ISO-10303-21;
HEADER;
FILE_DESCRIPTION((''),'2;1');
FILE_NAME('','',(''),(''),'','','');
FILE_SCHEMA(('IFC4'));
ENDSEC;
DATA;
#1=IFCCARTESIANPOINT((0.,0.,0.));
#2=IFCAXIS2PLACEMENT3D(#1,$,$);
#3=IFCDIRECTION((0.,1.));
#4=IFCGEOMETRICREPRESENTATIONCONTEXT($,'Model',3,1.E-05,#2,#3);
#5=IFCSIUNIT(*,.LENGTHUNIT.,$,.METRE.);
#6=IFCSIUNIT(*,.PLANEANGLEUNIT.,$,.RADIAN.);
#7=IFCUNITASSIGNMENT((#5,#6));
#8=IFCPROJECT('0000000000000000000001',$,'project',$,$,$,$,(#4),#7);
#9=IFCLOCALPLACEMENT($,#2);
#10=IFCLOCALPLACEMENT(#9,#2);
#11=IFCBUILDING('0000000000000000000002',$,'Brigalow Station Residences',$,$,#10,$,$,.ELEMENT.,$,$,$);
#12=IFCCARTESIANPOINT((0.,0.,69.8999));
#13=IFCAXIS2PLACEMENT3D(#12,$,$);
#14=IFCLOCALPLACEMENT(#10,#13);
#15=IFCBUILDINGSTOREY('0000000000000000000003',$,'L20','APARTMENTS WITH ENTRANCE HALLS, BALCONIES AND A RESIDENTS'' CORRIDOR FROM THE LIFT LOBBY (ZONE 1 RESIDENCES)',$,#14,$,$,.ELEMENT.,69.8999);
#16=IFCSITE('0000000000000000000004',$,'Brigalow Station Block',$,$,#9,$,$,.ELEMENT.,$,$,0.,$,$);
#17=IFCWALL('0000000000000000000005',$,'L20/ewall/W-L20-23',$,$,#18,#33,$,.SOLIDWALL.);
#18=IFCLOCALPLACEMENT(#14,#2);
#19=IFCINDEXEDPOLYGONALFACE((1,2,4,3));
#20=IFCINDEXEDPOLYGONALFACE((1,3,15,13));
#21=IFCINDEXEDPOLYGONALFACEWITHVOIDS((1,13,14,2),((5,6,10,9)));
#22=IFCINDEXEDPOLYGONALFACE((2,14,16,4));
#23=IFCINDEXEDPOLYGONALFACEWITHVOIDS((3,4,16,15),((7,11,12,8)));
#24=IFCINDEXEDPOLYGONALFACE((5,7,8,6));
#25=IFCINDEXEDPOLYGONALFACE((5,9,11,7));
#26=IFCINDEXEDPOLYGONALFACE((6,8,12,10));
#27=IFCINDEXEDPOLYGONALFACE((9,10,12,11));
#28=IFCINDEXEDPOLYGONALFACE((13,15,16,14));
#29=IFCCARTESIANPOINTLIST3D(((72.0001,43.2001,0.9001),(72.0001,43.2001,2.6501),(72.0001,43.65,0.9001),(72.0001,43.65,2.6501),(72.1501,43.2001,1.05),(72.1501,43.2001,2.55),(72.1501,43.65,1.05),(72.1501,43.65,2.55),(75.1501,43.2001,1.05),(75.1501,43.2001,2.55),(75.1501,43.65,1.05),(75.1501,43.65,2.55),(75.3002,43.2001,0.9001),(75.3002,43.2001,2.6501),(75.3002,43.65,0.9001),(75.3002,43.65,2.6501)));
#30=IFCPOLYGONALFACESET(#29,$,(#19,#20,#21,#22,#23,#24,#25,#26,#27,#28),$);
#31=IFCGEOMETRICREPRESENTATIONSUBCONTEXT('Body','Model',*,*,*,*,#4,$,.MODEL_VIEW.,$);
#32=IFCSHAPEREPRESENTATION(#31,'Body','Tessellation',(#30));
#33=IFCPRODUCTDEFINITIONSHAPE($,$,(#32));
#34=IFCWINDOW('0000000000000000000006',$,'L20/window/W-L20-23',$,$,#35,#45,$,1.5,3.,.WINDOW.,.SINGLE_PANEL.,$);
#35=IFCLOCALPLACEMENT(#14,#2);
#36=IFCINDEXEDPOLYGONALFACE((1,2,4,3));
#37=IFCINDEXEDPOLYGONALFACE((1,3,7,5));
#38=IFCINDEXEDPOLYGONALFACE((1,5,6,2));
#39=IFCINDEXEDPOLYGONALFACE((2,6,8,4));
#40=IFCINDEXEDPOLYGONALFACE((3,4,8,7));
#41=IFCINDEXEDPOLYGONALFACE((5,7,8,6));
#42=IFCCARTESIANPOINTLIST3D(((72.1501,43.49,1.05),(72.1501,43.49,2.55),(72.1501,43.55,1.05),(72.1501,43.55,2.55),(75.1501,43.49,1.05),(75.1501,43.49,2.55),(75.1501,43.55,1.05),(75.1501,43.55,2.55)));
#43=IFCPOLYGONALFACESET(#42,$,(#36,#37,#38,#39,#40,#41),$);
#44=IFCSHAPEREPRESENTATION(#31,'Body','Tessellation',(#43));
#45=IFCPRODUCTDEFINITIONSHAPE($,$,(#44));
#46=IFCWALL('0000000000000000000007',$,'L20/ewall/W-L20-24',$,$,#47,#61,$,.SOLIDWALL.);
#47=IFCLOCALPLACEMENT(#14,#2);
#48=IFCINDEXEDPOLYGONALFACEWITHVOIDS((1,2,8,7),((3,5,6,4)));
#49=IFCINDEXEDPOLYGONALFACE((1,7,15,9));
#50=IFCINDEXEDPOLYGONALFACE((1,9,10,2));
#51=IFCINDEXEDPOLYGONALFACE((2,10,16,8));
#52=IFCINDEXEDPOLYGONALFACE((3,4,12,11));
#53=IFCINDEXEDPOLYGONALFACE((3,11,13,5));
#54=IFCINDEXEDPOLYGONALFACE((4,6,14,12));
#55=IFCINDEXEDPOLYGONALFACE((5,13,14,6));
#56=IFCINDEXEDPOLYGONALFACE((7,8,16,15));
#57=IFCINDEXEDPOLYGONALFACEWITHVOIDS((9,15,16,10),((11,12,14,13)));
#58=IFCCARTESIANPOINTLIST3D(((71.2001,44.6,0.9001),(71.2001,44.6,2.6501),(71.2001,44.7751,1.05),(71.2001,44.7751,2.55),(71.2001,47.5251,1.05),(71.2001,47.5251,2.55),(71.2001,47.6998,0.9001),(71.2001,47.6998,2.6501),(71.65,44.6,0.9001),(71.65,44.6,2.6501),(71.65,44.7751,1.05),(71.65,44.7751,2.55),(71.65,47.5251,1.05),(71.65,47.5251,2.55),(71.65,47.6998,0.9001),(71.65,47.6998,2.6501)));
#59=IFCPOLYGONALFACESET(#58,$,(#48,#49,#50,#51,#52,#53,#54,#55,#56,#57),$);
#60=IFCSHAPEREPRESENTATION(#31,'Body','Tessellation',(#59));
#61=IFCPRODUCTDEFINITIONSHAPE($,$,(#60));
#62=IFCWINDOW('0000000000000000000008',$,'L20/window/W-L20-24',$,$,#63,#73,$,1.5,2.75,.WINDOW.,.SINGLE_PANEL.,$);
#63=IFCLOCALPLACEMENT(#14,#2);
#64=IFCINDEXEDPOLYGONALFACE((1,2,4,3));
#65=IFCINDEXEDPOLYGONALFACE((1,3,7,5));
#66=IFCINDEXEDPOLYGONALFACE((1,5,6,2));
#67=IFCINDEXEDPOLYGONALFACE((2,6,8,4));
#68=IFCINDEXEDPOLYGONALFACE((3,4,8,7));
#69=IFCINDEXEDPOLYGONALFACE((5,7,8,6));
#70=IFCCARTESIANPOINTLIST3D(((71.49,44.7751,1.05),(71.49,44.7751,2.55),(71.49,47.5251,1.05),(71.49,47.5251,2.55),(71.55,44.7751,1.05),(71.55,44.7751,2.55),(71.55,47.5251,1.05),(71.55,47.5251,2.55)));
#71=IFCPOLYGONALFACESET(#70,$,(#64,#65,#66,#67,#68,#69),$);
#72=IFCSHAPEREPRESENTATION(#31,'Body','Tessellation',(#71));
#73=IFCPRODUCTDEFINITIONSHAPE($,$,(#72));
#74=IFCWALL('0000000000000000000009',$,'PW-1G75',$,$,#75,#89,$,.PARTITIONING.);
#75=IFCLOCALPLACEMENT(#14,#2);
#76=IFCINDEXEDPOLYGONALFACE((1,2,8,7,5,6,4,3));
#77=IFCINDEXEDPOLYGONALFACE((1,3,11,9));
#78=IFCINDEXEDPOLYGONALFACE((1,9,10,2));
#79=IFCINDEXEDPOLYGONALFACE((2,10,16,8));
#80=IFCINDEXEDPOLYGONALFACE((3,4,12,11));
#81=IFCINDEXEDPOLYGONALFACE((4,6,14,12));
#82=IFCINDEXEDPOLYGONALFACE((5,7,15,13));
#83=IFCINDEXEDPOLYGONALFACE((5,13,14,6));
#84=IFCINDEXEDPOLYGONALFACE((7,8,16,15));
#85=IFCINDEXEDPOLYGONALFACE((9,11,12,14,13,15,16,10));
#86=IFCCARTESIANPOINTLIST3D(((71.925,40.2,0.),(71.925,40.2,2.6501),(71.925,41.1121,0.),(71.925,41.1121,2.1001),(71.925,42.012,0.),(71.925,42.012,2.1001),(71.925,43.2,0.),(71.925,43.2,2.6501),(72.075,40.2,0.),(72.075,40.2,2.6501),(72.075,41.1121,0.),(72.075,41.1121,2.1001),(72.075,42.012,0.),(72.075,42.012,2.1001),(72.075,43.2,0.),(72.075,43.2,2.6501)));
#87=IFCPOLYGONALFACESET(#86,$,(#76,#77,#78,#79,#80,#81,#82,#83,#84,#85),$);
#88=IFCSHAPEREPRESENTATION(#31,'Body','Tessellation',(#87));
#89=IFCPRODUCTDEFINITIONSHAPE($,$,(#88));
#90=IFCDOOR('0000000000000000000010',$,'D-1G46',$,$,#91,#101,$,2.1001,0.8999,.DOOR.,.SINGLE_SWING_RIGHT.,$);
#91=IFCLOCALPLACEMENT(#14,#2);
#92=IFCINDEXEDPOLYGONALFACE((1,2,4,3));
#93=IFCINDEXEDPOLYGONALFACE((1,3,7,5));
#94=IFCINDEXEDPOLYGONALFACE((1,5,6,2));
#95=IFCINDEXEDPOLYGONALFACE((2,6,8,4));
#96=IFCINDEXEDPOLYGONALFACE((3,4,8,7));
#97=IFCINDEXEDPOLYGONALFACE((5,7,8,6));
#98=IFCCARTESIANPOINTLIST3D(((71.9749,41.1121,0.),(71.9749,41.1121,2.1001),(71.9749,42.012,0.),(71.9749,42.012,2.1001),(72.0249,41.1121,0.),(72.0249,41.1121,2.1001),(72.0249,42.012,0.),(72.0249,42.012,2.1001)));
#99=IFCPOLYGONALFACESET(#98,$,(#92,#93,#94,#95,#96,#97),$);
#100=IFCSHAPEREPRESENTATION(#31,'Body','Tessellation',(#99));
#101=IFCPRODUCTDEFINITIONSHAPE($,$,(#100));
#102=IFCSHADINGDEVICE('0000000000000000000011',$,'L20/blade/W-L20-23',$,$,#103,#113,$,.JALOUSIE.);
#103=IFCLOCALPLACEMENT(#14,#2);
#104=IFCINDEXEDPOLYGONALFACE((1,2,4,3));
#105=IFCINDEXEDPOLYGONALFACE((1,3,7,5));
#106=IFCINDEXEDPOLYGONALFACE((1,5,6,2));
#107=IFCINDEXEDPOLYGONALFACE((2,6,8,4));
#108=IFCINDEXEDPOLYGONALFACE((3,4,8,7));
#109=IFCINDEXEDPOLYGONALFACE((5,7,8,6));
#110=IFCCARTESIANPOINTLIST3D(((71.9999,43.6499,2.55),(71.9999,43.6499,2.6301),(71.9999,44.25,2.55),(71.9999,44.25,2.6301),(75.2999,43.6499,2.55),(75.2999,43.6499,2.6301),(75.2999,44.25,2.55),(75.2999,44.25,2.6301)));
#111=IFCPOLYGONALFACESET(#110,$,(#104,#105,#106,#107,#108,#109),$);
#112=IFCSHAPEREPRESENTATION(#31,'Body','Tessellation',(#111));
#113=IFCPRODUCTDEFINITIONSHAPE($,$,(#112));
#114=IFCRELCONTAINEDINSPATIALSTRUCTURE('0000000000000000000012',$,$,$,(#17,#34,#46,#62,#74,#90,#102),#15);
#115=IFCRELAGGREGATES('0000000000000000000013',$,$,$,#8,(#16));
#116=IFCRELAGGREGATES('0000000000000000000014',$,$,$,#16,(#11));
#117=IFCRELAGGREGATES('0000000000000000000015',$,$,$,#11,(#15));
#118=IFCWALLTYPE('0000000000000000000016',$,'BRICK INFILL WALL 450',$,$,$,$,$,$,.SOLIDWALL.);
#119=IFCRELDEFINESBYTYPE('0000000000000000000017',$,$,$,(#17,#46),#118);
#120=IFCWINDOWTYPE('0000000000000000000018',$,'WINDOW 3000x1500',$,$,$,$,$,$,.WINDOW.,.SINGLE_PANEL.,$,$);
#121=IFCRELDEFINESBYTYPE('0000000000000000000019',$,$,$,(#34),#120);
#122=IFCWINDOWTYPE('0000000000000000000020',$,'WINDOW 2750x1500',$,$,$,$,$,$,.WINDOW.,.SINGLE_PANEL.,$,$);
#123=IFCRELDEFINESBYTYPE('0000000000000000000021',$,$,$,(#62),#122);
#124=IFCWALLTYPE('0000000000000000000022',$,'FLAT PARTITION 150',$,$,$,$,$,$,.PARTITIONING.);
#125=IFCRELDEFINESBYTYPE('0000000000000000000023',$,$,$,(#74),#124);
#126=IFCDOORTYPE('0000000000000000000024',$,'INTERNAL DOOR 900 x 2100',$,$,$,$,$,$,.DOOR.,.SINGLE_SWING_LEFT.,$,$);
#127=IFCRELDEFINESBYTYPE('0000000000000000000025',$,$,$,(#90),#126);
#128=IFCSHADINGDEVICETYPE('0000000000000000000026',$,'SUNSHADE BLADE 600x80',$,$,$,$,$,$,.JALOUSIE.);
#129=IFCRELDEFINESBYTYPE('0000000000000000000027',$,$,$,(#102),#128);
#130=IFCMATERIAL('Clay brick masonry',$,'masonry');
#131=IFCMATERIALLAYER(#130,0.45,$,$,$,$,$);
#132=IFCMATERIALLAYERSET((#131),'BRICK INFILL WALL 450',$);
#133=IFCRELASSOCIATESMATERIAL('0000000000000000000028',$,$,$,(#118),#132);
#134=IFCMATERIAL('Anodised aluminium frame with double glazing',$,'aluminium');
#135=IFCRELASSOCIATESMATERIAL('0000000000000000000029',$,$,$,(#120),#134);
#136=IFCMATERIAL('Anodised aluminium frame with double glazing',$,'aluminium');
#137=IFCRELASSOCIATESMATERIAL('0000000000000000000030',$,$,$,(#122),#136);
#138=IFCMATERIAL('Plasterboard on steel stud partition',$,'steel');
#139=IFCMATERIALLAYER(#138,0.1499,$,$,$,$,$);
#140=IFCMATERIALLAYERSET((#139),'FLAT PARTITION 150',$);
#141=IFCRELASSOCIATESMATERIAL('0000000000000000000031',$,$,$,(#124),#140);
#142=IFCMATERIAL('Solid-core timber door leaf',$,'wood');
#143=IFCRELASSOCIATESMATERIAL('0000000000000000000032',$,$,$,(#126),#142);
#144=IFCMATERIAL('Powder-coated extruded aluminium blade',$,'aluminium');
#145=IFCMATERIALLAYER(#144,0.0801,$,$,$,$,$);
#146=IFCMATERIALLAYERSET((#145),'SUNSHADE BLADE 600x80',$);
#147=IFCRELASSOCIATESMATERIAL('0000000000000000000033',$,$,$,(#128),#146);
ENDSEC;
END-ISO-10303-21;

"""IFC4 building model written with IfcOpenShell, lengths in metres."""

from ifc_helpers import new_model, si_unit, direction, frame, frame_2d, origin, origin_2d, place, context, subcontext, project, spatial, rectangle, extrude, material, layer, layer_set, type_object, element, fill, save


model = new_model("IFC4")

# Units and contexts
model_context = context("Model", 3, precision=1e-05, world=origin(), true_north=direction((0.0, 1.0)))
body_context = subcontext(model_context, "Body", "Model", "MODEL_VIEW")
ifc_project = project(units=[si_unit("LENGTHUNIT", "METRE"), si_unit("PLANEANGLEUNIT", "RADIAN")], contexts=[model_context])

# Site, building, storey
site_placement = place(None, origin())
site = spatial("IfcSite", under=ifc_project, at=site_placement, Name="Brigalow Station Block", CompositionType="ELEMENT", RefElevation=0.0)
building_placement = place(site_placement, origin())
building = spatial("IfcBuilding", under=site, at=building_placement, Name="Brigalow Station Residences", CompositionType="ELEMENT")
storey_placement = place(building_placement, frame((0.0, 0.0, 69.8999)))
storey = spatial("IfcBuildingStorey", under=building, at=storey_placement, Name="L20", Description="APARTMENTS WITH ENTRANCE HALLS, BALCONIES AND A RESIDENTS' CORRIDOR FROM THE LIFT LOBBY (ZONE 1 RESIDENCES)", CompositionType="ELEMENT", Elevation=69.8999)

# Walls, openings, windows
ifc_material_1 = material(Name="Clay brick masonry", Category="masonry")
ifc_layer_1 = layer(ifc_material_1, 0.45)
ifc_layer_set_1 = layer_set([ifc_layer_1], Name="BRICK INFILL WALL 450")
wall_type_1 = type_object("IfcWallType", Name="BRICK INFILL WALL 450", PredefinedType="SOLIDWALL", material=ifc_layer_set_1)
wall_1_placement = place(storey_placement, frame((75.3, 43.425, 0.9001), z_axis=(0.0, 0.0, 1.0), x_axis=(-1.0, 0.0, 0.0)))
wall_1 = element("IfcWall", 1, at=wall_1_placement, inside=storey, type_object=wall_type_1, Name="L20/ewall/W-L20-23", PredefinedType="SOLIDWALL", context=body_context, shape_type="SweptSolid", body=[
    extrude(rectangle(XDim=3.3, YDim=0.45, at=frame_2d((1.6499, 0.0))), origin(), (0.0, 0.0, 1.0), 1.75),
])
opening_1_placement = place(wall_1_placement, frame((0.1499, 0.0, 0.1499)))
opening_1 = element("IfcOpeningElement", 2, at=opening_1_placement, cuts=wall_1, PredefinedType="OPENING", context=body_context, shape_type="SweptSolid", body=[
    extrude(rectangle(XDim=3.0, YDim=1.5, at=frame_2d((1.5, 0.75))), frame((0.0, 0.2349, 0.0), z_axis=(0.0, -1.0, 0.0), x_axis=(1.0, 0.0, 0.0)), (0.0, 0.0, 1.0), 0.47),
])
ifc_material_2 = material(Name="Anodised aluminium frame with double glazing", Category="aluminium")
window_type_1 = type_object("IfcWindowType", Name="WINDOW 3000x1500", PartitioningType="SINGLE_PANEL", PredefinedType="WINDOW", material=ifc_material_2)
window_1_placement = place(opening_1_placement, origin())
window_1 = element("IfcWindow", 3, at=window_1_placement, inside=storey, type_object=window_type_1, Name="L20/window/W-L20-23", OverallHeight=1.5, OverallWidth=3.0, PartitioningType="SINGLE_PANEL", PredefinedType="WINDOW", context=body_context, shape_type="SweptSolid", body=[
    extrude(rectangle(XDim=3.0, YDim=1.5, at=frame_2d((1.5, 0.75))), frame((0.0, -0.0649, 0.0), z_axis=(0.0, -1.0, 0.0), x_axis=(1.0, 0.0, 0.0)), (0.0, 0.0, 1.0), 0.0601),
])
fill(opening_1, window_1)
wall_2_placement = place(storey_placement, frame((71.425, 44.6001, 0.9001), z_axis=(0.0, 0.0, 1.0), x_axis=(0.0, 1.0, 0.0)))
wall_2 = element("IfcWall", 4, at=wall_2_placement, inside=storey, type_object=wall_type_1, Name="L20/ewall/W-L20-24", PredefinedType="SOLIDWALL", context=body_context, shape_type="SweptSolid", body=[
    extrude(rectangle(XDim=3.0999, YDim=0.45, at=frame_2d((1.5498, 0.0))), origin(), (0.0, 0.0, 1.0), 1.75),
])
opening_2_placement = place(wall_2_placement, frame((0.175, 0.0, 0.1499)))
opening_2 = element("IfcOpeningElement", 5, at=opening_2_placement, cuts=wall_2, PredefinedType="OPENING", context=body_context, shape_type="SweptSolid", body=[
    extrude(rectangle(XDim=2.75, YDim=1.5, at=frame_2d((1.375, 0.75))), frame((0.0, 0.2349, 0.0), z_axis=(0.0, -1.0, 0.0), x_axis=(1.0, 0.0, 0.0)), (0.0, 0.0, 1.0), 0.47),
])
ifc_material_3 = material(Name="Anodised aluminium frame with double glazing", Category="aluminium")
window_type_2 = type_object("IfcWindowType", Name="WINDOW 2750x1500", PartitioningType="SINGLE_PANEL", PredefinedType="WINDOW", material=ifc_material_3)
window_2_placement = place(opening_2_placement, origin())
window_2 = element("IfcWindow", 6, at=window_2_placement, inside=storey, type_object=window_type_2, Name="L20/window/W-L20-24", OverallHeight=1.5, OverallWidth=2.75, PartitioningType="SINGLE_PANEL", PredefinedType="WINDOW", context=body_context, shape_type="SweptSolid", body=[
    extrude(rectangle(XDim=2.75, YDim=1.5, at=frame_2d((1.375, 0.75))), frame((0.0, -0.0649, 0.0), z_axis=(0.0, -1.0, 0.0), x_axis=(1.0, 0.0, 0.0)), (0.0, 0.0, 1.0), 0.0601),
])
fill(opening_2, window_2)

# Wall, opening, door
ifc_material_4 = material(Name="Plasterboard on steel stud partition", Category="steel")
ifc_layer_2 = layer(ifc_material_4, 0.1499)
ifc_layer_set_2 = layer_set([ifc_layer_2], Name="FLAT PARTITION 150")
wall_type_2 = type_object("IfcWallType", Name="FLAT PARTITION 150", PredefinedType="PARTITIONING", material=ifc_layer_set_2)
wall_3_placement = place(storey_placement, frame((72.0, 40.2, 0.0), z_axis=(0.0, 0.0, 1.0), x_axis=(0.0, 1.0, 0.0)))
wall_3 = element("IfcWall", 7, at=wall_3_placement, inside=storey, type_object=wall_type_2, Name="PW-1G75", PredefinedType="PARTITIONING", context=body_context, shape_type="SweptSolid", body=[
    extrude(rectangle(XDim=3.0, YDim=0.1499, at=frame_2d((1.5, 0.0))), origin(), (0.0, 0.0, 1.0), 2.6501),
])
opening_3_placement = place(wall_3_placement, frame((0.9121, 0.0, 0.0)))
opening_3 = element("IfcOpeningElement", 8, at=opening_3_placement, cuts=wall_3, PredefinedType="OPENING", context=body_context, shape_type="SweptSolid", body=[
    extrude(rectangle(XDim=0.8999, YDim=2.1001, at=frame_2d((0.45, 1.05))), frame((0.0, 0.085, 0.0), z_axis=(0.0, -1.0, 0.0), x_axis=(1.0, 0.0, 0.0)), (0.0, 0.0, 1.0), 0.1699),
])
ifc_material_5 = material(Name="Solid-core timber door leaf", Category="wood")
door_type = type_object("IfcDoorType", Name="INTERNAL DOOR 900 x 2100", OperationType="SINGLE_SWING_LEFT", PredefinedType="DOOR", material=ifc_material_5)
door_placement = place(opening_3_placement, frame((0.8999, 0.0, 0.0), z_axis=(0.0, 0.0, 1.0), x_axis=(-1.0, 0.0, 0.0)))
door = element("IfcDoor", 9, at=door_placement, inside=storey, type_object=door_type, Name="D-1G46", OperationType="SINGLE_SWING_RIGHT", OverallHeight=2.1001, OverallWidth=0.8999, PredefinedType="DOOR", context=body_context, shape_type="SweptSolid", body=[
    extrude(rectangle(XDim=0.8999, YDim=2.1001, at=frame_2d((0.45, 1.05))), frame((0.0, 0.0249, 0.0), z_axis=(0.0, -1.0, 0.0), x_axis=(1.0, 0.0, 0.0)), (0.0, 0.0, 1.0), 0.05),
])
fill(opening_3, door)

# Shading device
ifc_material_6 = material(Name="Powder-coated extruded aluminium blade", Category="aluminium")
ifc_layer_3 = layer(ifc_material_6, 0.0801)
ifc_layer_set_3 = layer_set([ifc_layer_3], Name="SUNSHADE BLADE 600x80")
shading_device_type = type_object("IfcShadingDeviceType", Name="SUNSHADE BLADE 600x80", PredefinedType="JALOUSIE", material=ifc_layer_set_3)
shading_device_placement = place(storey_placement, frame((73.6499, 43.95, 2.55), z_axis=(0.0, 0.0, 1.0), x_axis=(-1.0, 0.0, 0.0)))
element("IfcShadingDevice", 10, at=shading_device_placement, inside=storey, type_object=shading_device_type, Name="L20/blade/W-L20-23", PredefinedType="JALOUSIE", context=body_context, shape_type="SweptSolid", body=[
    extrude(rectangle(XDim=3.3, YDim=0.6001, at=origin_2d()), origin(), (0.0, 0.0, 1.0), 0.0801),
])

save(model, "model.ifc")
